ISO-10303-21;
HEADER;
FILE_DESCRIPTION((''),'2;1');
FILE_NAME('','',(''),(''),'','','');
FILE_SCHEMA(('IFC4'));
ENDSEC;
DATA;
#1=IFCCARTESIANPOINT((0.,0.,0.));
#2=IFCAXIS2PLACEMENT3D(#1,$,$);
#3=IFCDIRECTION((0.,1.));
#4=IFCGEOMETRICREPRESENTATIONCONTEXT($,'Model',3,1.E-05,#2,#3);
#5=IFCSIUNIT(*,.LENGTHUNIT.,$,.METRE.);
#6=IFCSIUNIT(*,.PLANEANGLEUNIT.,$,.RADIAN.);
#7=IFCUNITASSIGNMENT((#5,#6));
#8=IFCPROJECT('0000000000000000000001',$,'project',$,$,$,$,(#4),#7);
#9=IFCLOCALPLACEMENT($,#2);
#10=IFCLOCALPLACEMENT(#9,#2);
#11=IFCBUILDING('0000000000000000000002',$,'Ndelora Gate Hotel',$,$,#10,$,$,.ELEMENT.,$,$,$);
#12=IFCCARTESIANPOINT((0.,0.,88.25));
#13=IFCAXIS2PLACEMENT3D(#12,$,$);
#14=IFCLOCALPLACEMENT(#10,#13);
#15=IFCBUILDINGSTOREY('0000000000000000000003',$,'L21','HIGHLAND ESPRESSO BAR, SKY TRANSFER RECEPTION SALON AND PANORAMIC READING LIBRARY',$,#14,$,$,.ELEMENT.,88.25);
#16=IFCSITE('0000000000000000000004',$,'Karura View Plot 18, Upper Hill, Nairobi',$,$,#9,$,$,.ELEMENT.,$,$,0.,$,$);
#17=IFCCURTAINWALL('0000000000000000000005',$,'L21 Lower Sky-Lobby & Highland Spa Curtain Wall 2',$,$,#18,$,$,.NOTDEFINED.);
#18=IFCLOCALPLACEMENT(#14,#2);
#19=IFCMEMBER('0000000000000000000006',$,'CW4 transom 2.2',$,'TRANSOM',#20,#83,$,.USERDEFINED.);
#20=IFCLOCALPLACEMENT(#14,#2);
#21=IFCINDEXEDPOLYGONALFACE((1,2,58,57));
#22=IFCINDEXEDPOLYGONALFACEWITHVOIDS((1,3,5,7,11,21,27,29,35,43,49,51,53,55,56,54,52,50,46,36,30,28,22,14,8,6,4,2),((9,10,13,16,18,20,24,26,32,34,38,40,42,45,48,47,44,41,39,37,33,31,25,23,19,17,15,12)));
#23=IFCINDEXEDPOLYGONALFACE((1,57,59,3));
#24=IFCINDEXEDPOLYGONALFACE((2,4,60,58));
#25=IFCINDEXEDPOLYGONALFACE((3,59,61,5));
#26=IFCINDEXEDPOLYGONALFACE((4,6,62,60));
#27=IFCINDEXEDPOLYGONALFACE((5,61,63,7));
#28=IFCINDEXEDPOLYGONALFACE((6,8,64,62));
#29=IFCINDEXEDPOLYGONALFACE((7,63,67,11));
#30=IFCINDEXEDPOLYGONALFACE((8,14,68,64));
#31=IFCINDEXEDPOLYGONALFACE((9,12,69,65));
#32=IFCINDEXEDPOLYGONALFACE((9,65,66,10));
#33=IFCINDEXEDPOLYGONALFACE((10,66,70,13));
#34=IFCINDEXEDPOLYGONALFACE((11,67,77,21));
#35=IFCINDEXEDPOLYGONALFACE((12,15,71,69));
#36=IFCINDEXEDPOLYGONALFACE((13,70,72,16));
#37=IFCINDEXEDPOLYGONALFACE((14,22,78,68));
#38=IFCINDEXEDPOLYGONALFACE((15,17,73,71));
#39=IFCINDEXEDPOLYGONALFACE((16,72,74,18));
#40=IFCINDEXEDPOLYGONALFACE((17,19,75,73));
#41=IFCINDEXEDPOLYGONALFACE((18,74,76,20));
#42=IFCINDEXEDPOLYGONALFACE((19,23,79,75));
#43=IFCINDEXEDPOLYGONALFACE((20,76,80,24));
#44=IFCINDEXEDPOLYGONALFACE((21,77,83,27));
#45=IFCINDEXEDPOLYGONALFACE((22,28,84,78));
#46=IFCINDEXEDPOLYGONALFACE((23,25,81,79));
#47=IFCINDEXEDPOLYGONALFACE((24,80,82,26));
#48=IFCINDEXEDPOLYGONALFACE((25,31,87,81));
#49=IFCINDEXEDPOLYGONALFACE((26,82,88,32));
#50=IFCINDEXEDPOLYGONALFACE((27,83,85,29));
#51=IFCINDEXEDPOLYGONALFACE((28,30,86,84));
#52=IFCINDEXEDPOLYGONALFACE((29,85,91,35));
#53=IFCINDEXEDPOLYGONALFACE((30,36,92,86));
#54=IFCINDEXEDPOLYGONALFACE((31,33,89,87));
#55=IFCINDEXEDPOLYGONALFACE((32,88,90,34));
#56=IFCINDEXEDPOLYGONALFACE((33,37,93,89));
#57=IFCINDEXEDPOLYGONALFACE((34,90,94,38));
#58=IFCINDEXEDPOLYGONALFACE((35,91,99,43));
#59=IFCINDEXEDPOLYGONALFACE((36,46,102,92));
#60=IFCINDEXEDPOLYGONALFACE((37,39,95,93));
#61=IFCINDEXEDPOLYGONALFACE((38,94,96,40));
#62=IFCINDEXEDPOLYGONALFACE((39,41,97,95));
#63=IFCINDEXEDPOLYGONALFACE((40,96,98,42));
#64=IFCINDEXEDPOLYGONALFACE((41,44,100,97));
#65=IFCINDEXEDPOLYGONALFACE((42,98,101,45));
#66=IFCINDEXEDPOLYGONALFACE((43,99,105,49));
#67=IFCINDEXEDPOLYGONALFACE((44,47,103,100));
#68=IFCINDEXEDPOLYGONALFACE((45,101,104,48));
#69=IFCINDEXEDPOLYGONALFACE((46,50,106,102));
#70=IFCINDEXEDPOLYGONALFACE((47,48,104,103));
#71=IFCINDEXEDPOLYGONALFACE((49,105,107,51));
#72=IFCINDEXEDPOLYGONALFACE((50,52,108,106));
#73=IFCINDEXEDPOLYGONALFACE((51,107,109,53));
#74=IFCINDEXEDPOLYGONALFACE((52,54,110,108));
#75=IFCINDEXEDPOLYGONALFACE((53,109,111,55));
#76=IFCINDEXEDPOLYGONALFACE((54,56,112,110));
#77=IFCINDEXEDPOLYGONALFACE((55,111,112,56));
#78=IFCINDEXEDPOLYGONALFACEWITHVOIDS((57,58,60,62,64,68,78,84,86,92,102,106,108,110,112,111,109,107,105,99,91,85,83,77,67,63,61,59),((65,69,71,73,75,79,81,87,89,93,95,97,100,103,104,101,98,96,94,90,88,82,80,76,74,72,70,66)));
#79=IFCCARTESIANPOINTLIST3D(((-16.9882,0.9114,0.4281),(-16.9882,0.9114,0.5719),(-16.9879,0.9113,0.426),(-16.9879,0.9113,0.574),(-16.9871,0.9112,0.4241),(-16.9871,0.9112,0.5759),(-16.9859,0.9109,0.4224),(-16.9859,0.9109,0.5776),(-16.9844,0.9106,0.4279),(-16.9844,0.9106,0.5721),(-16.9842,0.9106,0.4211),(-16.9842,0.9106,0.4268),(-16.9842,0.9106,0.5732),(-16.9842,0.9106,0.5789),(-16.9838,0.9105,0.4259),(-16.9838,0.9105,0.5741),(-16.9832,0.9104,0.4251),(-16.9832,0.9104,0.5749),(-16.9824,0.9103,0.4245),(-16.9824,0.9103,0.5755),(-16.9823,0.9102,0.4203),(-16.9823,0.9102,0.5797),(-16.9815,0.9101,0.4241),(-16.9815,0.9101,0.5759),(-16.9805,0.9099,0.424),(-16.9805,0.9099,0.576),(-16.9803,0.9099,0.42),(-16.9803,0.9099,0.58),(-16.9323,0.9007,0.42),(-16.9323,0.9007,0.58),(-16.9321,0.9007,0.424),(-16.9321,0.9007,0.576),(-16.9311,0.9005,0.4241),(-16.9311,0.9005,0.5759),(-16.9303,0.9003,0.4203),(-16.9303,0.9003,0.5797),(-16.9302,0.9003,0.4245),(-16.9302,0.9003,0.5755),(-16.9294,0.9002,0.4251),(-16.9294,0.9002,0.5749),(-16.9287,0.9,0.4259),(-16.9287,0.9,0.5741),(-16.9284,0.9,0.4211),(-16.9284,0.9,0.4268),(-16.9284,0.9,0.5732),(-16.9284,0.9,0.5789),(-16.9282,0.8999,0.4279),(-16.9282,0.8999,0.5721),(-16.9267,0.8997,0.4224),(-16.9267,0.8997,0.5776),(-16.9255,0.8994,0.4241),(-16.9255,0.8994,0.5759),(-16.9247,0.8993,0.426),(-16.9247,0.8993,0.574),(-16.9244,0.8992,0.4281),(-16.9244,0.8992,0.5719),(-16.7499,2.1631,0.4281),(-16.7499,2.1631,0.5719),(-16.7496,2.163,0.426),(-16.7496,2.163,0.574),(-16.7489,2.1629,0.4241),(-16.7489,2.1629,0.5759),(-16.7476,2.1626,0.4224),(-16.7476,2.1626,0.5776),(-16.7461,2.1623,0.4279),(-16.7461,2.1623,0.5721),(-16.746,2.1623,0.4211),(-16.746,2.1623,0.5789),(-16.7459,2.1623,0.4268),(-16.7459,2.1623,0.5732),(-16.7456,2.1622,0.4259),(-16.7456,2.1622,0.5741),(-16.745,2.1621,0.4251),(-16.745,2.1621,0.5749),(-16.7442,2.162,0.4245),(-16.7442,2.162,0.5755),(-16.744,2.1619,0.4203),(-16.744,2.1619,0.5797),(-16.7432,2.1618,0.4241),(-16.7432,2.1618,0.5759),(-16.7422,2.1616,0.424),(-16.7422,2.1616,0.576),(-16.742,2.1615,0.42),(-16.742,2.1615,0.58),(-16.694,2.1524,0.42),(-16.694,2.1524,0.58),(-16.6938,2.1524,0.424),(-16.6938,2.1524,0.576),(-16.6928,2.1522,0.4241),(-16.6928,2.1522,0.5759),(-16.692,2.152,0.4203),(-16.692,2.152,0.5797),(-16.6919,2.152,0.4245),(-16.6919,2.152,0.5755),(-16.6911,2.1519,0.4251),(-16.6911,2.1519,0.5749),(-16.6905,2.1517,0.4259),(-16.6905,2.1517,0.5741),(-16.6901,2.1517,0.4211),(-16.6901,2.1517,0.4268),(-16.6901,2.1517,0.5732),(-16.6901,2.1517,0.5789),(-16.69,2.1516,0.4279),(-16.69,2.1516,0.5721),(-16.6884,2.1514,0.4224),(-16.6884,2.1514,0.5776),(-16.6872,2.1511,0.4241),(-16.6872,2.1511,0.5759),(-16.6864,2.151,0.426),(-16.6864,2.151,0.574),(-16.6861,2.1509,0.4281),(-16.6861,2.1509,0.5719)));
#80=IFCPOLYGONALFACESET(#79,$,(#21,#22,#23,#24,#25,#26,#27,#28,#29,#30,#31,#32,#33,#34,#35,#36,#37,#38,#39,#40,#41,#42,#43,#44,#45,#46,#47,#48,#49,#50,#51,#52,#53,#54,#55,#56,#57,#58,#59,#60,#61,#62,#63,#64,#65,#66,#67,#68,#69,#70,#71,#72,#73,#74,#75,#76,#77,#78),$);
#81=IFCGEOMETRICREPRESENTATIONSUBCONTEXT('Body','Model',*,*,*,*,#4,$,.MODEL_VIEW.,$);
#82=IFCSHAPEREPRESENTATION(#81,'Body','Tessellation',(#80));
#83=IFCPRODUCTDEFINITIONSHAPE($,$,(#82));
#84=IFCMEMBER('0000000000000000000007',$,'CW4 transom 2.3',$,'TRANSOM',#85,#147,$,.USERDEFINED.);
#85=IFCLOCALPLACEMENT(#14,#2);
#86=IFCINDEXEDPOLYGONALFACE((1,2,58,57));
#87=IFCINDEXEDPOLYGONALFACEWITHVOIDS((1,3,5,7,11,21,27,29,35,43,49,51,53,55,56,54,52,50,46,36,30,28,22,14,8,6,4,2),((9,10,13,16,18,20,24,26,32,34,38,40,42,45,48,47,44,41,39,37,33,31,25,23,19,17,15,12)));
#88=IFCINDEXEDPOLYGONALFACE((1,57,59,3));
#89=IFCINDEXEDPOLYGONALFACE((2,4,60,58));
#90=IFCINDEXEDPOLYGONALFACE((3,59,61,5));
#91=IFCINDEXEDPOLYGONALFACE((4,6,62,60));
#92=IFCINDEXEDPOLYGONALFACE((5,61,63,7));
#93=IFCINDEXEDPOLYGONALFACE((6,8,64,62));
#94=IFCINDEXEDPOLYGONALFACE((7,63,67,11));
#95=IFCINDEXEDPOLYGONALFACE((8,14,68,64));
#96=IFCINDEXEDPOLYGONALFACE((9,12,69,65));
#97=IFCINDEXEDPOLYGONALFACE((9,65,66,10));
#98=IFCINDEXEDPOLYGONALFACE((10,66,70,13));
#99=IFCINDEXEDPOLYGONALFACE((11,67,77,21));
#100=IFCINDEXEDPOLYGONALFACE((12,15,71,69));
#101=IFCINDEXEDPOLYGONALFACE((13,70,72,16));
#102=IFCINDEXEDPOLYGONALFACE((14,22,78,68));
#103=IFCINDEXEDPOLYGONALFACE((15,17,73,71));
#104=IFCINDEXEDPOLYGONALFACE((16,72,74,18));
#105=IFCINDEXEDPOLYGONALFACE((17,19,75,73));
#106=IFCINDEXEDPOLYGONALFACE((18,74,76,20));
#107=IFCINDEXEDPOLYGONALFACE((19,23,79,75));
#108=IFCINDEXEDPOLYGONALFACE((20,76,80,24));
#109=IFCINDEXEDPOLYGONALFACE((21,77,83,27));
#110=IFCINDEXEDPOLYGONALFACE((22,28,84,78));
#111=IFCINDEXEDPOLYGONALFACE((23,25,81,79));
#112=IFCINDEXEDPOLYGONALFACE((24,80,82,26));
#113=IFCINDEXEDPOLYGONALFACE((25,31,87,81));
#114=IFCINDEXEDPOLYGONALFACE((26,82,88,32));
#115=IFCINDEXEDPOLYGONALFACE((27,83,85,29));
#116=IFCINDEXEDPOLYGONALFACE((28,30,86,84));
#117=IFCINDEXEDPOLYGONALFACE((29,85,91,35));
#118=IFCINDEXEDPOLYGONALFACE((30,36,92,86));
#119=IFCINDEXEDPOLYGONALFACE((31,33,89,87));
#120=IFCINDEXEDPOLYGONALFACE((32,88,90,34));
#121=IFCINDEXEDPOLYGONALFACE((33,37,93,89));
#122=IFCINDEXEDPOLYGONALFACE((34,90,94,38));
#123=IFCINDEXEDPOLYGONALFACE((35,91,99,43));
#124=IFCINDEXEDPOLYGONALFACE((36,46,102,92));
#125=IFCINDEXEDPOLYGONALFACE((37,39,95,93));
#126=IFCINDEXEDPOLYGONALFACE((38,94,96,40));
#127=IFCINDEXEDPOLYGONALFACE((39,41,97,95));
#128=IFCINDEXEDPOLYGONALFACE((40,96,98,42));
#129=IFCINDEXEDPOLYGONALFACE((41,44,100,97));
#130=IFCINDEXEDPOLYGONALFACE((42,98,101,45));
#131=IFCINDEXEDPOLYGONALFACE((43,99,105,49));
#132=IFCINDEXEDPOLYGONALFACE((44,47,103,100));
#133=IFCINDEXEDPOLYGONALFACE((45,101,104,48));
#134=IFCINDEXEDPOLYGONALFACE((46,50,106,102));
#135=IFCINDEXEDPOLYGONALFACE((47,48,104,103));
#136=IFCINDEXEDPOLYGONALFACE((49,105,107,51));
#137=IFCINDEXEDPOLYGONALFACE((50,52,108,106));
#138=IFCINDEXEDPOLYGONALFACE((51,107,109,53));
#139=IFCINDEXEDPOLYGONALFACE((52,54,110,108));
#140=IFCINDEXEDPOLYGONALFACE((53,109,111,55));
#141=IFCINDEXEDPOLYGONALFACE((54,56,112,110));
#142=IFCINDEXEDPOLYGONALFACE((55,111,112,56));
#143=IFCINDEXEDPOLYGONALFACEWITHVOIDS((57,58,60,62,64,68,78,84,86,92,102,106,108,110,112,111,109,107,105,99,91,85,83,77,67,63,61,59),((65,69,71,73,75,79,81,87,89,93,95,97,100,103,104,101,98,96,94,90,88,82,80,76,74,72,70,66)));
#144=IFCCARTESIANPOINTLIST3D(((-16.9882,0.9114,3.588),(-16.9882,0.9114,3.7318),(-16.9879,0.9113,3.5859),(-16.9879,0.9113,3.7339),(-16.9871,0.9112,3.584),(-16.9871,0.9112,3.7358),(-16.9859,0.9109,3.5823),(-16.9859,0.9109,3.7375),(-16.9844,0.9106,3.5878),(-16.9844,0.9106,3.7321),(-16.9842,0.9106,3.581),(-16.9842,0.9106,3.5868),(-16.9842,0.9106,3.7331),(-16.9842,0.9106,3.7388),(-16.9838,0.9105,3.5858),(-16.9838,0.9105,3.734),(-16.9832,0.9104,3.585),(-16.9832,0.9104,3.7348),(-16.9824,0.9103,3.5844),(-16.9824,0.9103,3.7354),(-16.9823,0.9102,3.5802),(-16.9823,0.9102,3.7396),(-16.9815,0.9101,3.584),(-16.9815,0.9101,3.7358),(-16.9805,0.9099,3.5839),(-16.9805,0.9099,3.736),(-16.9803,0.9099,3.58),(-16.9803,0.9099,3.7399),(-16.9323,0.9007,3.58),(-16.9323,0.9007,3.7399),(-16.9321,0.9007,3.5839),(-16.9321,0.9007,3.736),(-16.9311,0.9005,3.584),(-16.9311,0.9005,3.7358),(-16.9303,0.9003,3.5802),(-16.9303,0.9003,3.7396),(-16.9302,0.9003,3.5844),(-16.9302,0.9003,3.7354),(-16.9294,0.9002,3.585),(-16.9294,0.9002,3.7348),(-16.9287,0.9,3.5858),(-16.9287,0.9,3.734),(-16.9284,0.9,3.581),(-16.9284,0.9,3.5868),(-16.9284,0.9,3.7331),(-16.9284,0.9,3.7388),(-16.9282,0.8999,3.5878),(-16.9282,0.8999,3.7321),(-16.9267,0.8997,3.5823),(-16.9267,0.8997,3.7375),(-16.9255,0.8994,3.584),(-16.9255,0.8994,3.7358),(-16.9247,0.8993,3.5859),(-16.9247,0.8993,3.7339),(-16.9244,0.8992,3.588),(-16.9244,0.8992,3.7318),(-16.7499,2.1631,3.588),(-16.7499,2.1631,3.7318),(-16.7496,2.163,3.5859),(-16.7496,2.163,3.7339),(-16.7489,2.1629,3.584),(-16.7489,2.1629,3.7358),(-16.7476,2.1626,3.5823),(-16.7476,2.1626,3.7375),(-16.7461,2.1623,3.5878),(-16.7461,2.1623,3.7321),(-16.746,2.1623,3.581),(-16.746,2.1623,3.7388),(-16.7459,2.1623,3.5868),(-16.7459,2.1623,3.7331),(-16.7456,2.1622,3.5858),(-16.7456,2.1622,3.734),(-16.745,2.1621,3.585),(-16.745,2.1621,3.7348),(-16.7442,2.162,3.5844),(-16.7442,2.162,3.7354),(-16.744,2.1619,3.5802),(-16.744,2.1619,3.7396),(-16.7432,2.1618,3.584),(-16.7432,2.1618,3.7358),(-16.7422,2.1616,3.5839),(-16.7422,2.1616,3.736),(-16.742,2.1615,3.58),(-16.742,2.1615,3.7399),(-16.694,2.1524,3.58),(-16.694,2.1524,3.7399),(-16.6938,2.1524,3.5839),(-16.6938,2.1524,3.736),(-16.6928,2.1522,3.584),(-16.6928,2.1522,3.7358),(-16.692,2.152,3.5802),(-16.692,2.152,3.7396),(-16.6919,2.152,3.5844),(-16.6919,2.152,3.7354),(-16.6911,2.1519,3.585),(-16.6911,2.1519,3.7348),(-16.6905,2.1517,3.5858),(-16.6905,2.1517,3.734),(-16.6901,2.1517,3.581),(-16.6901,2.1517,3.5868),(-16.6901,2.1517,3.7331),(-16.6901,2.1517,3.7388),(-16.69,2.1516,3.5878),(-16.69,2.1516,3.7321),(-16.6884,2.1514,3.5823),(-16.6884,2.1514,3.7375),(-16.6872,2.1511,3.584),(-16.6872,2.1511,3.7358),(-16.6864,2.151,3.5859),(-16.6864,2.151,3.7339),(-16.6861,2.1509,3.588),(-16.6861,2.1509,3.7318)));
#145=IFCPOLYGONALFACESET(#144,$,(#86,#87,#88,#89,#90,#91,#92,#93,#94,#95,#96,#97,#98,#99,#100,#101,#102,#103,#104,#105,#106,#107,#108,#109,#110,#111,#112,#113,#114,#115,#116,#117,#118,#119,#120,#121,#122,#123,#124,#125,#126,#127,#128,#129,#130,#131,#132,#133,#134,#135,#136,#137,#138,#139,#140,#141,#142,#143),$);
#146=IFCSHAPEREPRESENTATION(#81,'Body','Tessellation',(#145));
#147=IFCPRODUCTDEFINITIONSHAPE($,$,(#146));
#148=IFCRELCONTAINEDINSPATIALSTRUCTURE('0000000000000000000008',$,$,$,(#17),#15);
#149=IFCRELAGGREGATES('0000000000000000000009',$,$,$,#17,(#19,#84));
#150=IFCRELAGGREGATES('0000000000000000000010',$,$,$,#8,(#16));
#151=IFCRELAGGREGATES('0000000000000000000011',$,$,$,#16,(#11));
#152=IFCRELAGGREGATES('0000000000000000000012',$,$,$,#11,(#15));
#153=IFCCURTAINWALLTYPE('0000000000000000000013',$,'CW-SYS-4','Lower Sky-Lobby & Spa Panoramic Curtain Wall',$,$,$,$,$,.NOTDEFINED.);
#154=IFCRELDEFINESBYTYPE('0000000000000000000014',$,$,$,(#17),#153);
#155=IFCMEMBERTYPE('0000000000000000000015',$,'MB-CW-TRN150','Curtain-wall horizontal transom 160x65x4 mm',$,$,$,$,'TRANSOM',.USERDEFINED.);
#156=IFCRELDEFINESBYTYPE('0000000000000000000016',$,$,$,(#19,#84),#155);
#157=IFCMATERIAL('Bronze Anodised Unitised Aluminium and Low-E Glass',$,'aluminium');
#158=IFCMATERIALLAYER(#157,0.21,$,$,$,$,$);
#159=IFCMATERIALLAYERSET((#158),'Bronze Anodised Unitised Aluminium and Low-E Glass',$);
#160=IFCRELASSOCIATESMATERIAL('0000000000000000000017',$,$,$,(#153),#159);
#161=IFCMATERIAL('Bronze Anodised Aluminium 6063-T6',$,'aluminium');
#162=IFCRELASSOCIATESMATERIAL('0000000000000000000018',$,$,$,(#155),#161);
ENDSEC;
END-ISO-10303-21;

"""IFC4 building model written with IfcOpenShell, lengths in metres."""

from ifc_helpers import new_model, si_unit, direction, frame, origin, origin_2d, place, context, subcontext, project, spatial, hollow_rectangle, extrude, material, layer, layer_set, material_profile, profile_set, type_object, element, aggregate, save


model = new_model("IFC4")

# Units and contexts
model_context = context("Model", 3, precision=1e-05, world=origin(), true_north=direction((0.0, 1.0)))
body_context = subcontext(model_context, "Body", "Model", "MODEL_VIEW")
ifc_project = project(units=[si_unit("LENGTHUNIT", "METRE"), si_unit("PLANEANGLEUNIT", "RADIAN")], contexts=[model_context])

# Site, building, storey
site_placement = place(None, origin())
site = spatial("IfcSite", under=ifc_project, at=site_placement, Name="Karura View Plot 18, Upper Hill, Nairobi", CompositionType="ELEMENT", RefElevation=0.0)
building_placement = place(site_placement, origin())
building = spatial("IfcBuilding", under=site, at=building_placement, Name="Ndelora Gate Hotel", CompositionType="ELEMENT")
storey_placement = place(building_placement, frame((0.0, 0.0, 88.25)))
storey = spatial("IfcBuildingStorey", under=building, at=storey_placement, Name="L21", Description="HIGHLAND ESPRESSO BAR, SKY TRANSFER RECEPTION SALON AND PANORAMIC READING LIBRARY", CompositionType="ELEMENT", Elevation=88.25)

# Curtain wall, members
ifc_material_1 = material(Name="Bronze Anodised Unitised Aluminium and Low-E Glass", Category="aluminium")
ifc_layer_1 = layer(ifc_material_1, 0.21)
ifc_layer_set_1 = layer_set([ifc_layer_1], Name="Bronze Anodised Unitised Aluminium and Low-E Glass")
curtain_wall_type = type_object("IfcCurtainWallType", Name="CW-SYS-4", Description="Lower Sky-Lobby & Spa Panoramic Curtain Wall", PredefinedType="NOTDEFINED", material=ifc_layer_set_1)
curtain_wall_placement = place(storey_placement, origin())
curtain_wall = element("IfcCurtainWall", 1, at=curtain_wall_placement, inside=storey, type_object=curtain_wall_type, Name="L21 Lower Sky-Lobby & Highland Spa Curtain Wall 2", PredefinedType="NOTDEFINED")
ifc_material_2 = material(Name="Bronze Anodised Aluminium 6063-T6", Category="aluminium")
ifc_material_profile_1 = material_profile(ifc_material_2, hollow_rectangle(XDim=0.0649, YDim=0.1599, WallThickness=0.0039, InnerFilletRadius=0.0039, OuterFilletRadius=0.0081, at=origin_2d()), Name="ALU 160x65x4")
ifc_profile_set_1 = profile_set([ifc_material_profile_1], Name="Bronze Anodised Aluminium 6063-T6")
member_type_1 = type_object("IfcMemberType", Name="MB-CW-TRN150", Description="Curtain-wall horizontal transom 160x65x4 mm", ElementType="TRANSOM", PredefinedType="USERDEFINED", material=ifc_profile_set_1)
member_1_placement = place(storey_placement, frame((-16.718, 2.157, 0.5), z_axis=(-0.187006, -0.982359, 0.0), x_axis=(0.982359, -0.187006, 0.0)))
member_1 = element("IfcMember", 2, at=member_1_placement, type_object=member_type_1, Name="CW4 transom 2.2", ObjectType="TRANSOM", PredefinedType="USERDEFINED", context=body_context, shape_type="SweptSolid", body=[
    extrude(hollow_rectangle(XDim=0.0649, YDim=0.1599, WallThickness=0.0039, InnerFilletRadius=0.0039, OuterFilletRadius=0.0081, at=origin_2d()), origin(), (0.0, 0.0, 1.0), 1.2742),
])
member_2_placement = place(storey_placement, frame((-16.718, 2.157, 3.6599), z_axis=(-0.187006, -0.982359, 0.0), x_axis=(0.982359, -0.187006, 0.0)))
member_2 = element("IfcMember", 3, at=member_2_placement, type_object=member_type_1, Name="CW4 transom 2.3", ObjectType="TRANSOM", PredefinedType="USERDEFINED", context=body_context, shape_type="SweptSolid", body=[
    extrude(hollow_rectangle(XDim=0.0649, YDim=0.1599, WallThickness=0.0039, InnerFilletRadius=0.0039, OuterFilletRadius=0.0081, at=origin_2d()), origin(), (0.0, 0.0, 1.0), 1.2742),
])
aggregate(curtain_wall, [member_1, member_2])

save(model, "model.ifc")
